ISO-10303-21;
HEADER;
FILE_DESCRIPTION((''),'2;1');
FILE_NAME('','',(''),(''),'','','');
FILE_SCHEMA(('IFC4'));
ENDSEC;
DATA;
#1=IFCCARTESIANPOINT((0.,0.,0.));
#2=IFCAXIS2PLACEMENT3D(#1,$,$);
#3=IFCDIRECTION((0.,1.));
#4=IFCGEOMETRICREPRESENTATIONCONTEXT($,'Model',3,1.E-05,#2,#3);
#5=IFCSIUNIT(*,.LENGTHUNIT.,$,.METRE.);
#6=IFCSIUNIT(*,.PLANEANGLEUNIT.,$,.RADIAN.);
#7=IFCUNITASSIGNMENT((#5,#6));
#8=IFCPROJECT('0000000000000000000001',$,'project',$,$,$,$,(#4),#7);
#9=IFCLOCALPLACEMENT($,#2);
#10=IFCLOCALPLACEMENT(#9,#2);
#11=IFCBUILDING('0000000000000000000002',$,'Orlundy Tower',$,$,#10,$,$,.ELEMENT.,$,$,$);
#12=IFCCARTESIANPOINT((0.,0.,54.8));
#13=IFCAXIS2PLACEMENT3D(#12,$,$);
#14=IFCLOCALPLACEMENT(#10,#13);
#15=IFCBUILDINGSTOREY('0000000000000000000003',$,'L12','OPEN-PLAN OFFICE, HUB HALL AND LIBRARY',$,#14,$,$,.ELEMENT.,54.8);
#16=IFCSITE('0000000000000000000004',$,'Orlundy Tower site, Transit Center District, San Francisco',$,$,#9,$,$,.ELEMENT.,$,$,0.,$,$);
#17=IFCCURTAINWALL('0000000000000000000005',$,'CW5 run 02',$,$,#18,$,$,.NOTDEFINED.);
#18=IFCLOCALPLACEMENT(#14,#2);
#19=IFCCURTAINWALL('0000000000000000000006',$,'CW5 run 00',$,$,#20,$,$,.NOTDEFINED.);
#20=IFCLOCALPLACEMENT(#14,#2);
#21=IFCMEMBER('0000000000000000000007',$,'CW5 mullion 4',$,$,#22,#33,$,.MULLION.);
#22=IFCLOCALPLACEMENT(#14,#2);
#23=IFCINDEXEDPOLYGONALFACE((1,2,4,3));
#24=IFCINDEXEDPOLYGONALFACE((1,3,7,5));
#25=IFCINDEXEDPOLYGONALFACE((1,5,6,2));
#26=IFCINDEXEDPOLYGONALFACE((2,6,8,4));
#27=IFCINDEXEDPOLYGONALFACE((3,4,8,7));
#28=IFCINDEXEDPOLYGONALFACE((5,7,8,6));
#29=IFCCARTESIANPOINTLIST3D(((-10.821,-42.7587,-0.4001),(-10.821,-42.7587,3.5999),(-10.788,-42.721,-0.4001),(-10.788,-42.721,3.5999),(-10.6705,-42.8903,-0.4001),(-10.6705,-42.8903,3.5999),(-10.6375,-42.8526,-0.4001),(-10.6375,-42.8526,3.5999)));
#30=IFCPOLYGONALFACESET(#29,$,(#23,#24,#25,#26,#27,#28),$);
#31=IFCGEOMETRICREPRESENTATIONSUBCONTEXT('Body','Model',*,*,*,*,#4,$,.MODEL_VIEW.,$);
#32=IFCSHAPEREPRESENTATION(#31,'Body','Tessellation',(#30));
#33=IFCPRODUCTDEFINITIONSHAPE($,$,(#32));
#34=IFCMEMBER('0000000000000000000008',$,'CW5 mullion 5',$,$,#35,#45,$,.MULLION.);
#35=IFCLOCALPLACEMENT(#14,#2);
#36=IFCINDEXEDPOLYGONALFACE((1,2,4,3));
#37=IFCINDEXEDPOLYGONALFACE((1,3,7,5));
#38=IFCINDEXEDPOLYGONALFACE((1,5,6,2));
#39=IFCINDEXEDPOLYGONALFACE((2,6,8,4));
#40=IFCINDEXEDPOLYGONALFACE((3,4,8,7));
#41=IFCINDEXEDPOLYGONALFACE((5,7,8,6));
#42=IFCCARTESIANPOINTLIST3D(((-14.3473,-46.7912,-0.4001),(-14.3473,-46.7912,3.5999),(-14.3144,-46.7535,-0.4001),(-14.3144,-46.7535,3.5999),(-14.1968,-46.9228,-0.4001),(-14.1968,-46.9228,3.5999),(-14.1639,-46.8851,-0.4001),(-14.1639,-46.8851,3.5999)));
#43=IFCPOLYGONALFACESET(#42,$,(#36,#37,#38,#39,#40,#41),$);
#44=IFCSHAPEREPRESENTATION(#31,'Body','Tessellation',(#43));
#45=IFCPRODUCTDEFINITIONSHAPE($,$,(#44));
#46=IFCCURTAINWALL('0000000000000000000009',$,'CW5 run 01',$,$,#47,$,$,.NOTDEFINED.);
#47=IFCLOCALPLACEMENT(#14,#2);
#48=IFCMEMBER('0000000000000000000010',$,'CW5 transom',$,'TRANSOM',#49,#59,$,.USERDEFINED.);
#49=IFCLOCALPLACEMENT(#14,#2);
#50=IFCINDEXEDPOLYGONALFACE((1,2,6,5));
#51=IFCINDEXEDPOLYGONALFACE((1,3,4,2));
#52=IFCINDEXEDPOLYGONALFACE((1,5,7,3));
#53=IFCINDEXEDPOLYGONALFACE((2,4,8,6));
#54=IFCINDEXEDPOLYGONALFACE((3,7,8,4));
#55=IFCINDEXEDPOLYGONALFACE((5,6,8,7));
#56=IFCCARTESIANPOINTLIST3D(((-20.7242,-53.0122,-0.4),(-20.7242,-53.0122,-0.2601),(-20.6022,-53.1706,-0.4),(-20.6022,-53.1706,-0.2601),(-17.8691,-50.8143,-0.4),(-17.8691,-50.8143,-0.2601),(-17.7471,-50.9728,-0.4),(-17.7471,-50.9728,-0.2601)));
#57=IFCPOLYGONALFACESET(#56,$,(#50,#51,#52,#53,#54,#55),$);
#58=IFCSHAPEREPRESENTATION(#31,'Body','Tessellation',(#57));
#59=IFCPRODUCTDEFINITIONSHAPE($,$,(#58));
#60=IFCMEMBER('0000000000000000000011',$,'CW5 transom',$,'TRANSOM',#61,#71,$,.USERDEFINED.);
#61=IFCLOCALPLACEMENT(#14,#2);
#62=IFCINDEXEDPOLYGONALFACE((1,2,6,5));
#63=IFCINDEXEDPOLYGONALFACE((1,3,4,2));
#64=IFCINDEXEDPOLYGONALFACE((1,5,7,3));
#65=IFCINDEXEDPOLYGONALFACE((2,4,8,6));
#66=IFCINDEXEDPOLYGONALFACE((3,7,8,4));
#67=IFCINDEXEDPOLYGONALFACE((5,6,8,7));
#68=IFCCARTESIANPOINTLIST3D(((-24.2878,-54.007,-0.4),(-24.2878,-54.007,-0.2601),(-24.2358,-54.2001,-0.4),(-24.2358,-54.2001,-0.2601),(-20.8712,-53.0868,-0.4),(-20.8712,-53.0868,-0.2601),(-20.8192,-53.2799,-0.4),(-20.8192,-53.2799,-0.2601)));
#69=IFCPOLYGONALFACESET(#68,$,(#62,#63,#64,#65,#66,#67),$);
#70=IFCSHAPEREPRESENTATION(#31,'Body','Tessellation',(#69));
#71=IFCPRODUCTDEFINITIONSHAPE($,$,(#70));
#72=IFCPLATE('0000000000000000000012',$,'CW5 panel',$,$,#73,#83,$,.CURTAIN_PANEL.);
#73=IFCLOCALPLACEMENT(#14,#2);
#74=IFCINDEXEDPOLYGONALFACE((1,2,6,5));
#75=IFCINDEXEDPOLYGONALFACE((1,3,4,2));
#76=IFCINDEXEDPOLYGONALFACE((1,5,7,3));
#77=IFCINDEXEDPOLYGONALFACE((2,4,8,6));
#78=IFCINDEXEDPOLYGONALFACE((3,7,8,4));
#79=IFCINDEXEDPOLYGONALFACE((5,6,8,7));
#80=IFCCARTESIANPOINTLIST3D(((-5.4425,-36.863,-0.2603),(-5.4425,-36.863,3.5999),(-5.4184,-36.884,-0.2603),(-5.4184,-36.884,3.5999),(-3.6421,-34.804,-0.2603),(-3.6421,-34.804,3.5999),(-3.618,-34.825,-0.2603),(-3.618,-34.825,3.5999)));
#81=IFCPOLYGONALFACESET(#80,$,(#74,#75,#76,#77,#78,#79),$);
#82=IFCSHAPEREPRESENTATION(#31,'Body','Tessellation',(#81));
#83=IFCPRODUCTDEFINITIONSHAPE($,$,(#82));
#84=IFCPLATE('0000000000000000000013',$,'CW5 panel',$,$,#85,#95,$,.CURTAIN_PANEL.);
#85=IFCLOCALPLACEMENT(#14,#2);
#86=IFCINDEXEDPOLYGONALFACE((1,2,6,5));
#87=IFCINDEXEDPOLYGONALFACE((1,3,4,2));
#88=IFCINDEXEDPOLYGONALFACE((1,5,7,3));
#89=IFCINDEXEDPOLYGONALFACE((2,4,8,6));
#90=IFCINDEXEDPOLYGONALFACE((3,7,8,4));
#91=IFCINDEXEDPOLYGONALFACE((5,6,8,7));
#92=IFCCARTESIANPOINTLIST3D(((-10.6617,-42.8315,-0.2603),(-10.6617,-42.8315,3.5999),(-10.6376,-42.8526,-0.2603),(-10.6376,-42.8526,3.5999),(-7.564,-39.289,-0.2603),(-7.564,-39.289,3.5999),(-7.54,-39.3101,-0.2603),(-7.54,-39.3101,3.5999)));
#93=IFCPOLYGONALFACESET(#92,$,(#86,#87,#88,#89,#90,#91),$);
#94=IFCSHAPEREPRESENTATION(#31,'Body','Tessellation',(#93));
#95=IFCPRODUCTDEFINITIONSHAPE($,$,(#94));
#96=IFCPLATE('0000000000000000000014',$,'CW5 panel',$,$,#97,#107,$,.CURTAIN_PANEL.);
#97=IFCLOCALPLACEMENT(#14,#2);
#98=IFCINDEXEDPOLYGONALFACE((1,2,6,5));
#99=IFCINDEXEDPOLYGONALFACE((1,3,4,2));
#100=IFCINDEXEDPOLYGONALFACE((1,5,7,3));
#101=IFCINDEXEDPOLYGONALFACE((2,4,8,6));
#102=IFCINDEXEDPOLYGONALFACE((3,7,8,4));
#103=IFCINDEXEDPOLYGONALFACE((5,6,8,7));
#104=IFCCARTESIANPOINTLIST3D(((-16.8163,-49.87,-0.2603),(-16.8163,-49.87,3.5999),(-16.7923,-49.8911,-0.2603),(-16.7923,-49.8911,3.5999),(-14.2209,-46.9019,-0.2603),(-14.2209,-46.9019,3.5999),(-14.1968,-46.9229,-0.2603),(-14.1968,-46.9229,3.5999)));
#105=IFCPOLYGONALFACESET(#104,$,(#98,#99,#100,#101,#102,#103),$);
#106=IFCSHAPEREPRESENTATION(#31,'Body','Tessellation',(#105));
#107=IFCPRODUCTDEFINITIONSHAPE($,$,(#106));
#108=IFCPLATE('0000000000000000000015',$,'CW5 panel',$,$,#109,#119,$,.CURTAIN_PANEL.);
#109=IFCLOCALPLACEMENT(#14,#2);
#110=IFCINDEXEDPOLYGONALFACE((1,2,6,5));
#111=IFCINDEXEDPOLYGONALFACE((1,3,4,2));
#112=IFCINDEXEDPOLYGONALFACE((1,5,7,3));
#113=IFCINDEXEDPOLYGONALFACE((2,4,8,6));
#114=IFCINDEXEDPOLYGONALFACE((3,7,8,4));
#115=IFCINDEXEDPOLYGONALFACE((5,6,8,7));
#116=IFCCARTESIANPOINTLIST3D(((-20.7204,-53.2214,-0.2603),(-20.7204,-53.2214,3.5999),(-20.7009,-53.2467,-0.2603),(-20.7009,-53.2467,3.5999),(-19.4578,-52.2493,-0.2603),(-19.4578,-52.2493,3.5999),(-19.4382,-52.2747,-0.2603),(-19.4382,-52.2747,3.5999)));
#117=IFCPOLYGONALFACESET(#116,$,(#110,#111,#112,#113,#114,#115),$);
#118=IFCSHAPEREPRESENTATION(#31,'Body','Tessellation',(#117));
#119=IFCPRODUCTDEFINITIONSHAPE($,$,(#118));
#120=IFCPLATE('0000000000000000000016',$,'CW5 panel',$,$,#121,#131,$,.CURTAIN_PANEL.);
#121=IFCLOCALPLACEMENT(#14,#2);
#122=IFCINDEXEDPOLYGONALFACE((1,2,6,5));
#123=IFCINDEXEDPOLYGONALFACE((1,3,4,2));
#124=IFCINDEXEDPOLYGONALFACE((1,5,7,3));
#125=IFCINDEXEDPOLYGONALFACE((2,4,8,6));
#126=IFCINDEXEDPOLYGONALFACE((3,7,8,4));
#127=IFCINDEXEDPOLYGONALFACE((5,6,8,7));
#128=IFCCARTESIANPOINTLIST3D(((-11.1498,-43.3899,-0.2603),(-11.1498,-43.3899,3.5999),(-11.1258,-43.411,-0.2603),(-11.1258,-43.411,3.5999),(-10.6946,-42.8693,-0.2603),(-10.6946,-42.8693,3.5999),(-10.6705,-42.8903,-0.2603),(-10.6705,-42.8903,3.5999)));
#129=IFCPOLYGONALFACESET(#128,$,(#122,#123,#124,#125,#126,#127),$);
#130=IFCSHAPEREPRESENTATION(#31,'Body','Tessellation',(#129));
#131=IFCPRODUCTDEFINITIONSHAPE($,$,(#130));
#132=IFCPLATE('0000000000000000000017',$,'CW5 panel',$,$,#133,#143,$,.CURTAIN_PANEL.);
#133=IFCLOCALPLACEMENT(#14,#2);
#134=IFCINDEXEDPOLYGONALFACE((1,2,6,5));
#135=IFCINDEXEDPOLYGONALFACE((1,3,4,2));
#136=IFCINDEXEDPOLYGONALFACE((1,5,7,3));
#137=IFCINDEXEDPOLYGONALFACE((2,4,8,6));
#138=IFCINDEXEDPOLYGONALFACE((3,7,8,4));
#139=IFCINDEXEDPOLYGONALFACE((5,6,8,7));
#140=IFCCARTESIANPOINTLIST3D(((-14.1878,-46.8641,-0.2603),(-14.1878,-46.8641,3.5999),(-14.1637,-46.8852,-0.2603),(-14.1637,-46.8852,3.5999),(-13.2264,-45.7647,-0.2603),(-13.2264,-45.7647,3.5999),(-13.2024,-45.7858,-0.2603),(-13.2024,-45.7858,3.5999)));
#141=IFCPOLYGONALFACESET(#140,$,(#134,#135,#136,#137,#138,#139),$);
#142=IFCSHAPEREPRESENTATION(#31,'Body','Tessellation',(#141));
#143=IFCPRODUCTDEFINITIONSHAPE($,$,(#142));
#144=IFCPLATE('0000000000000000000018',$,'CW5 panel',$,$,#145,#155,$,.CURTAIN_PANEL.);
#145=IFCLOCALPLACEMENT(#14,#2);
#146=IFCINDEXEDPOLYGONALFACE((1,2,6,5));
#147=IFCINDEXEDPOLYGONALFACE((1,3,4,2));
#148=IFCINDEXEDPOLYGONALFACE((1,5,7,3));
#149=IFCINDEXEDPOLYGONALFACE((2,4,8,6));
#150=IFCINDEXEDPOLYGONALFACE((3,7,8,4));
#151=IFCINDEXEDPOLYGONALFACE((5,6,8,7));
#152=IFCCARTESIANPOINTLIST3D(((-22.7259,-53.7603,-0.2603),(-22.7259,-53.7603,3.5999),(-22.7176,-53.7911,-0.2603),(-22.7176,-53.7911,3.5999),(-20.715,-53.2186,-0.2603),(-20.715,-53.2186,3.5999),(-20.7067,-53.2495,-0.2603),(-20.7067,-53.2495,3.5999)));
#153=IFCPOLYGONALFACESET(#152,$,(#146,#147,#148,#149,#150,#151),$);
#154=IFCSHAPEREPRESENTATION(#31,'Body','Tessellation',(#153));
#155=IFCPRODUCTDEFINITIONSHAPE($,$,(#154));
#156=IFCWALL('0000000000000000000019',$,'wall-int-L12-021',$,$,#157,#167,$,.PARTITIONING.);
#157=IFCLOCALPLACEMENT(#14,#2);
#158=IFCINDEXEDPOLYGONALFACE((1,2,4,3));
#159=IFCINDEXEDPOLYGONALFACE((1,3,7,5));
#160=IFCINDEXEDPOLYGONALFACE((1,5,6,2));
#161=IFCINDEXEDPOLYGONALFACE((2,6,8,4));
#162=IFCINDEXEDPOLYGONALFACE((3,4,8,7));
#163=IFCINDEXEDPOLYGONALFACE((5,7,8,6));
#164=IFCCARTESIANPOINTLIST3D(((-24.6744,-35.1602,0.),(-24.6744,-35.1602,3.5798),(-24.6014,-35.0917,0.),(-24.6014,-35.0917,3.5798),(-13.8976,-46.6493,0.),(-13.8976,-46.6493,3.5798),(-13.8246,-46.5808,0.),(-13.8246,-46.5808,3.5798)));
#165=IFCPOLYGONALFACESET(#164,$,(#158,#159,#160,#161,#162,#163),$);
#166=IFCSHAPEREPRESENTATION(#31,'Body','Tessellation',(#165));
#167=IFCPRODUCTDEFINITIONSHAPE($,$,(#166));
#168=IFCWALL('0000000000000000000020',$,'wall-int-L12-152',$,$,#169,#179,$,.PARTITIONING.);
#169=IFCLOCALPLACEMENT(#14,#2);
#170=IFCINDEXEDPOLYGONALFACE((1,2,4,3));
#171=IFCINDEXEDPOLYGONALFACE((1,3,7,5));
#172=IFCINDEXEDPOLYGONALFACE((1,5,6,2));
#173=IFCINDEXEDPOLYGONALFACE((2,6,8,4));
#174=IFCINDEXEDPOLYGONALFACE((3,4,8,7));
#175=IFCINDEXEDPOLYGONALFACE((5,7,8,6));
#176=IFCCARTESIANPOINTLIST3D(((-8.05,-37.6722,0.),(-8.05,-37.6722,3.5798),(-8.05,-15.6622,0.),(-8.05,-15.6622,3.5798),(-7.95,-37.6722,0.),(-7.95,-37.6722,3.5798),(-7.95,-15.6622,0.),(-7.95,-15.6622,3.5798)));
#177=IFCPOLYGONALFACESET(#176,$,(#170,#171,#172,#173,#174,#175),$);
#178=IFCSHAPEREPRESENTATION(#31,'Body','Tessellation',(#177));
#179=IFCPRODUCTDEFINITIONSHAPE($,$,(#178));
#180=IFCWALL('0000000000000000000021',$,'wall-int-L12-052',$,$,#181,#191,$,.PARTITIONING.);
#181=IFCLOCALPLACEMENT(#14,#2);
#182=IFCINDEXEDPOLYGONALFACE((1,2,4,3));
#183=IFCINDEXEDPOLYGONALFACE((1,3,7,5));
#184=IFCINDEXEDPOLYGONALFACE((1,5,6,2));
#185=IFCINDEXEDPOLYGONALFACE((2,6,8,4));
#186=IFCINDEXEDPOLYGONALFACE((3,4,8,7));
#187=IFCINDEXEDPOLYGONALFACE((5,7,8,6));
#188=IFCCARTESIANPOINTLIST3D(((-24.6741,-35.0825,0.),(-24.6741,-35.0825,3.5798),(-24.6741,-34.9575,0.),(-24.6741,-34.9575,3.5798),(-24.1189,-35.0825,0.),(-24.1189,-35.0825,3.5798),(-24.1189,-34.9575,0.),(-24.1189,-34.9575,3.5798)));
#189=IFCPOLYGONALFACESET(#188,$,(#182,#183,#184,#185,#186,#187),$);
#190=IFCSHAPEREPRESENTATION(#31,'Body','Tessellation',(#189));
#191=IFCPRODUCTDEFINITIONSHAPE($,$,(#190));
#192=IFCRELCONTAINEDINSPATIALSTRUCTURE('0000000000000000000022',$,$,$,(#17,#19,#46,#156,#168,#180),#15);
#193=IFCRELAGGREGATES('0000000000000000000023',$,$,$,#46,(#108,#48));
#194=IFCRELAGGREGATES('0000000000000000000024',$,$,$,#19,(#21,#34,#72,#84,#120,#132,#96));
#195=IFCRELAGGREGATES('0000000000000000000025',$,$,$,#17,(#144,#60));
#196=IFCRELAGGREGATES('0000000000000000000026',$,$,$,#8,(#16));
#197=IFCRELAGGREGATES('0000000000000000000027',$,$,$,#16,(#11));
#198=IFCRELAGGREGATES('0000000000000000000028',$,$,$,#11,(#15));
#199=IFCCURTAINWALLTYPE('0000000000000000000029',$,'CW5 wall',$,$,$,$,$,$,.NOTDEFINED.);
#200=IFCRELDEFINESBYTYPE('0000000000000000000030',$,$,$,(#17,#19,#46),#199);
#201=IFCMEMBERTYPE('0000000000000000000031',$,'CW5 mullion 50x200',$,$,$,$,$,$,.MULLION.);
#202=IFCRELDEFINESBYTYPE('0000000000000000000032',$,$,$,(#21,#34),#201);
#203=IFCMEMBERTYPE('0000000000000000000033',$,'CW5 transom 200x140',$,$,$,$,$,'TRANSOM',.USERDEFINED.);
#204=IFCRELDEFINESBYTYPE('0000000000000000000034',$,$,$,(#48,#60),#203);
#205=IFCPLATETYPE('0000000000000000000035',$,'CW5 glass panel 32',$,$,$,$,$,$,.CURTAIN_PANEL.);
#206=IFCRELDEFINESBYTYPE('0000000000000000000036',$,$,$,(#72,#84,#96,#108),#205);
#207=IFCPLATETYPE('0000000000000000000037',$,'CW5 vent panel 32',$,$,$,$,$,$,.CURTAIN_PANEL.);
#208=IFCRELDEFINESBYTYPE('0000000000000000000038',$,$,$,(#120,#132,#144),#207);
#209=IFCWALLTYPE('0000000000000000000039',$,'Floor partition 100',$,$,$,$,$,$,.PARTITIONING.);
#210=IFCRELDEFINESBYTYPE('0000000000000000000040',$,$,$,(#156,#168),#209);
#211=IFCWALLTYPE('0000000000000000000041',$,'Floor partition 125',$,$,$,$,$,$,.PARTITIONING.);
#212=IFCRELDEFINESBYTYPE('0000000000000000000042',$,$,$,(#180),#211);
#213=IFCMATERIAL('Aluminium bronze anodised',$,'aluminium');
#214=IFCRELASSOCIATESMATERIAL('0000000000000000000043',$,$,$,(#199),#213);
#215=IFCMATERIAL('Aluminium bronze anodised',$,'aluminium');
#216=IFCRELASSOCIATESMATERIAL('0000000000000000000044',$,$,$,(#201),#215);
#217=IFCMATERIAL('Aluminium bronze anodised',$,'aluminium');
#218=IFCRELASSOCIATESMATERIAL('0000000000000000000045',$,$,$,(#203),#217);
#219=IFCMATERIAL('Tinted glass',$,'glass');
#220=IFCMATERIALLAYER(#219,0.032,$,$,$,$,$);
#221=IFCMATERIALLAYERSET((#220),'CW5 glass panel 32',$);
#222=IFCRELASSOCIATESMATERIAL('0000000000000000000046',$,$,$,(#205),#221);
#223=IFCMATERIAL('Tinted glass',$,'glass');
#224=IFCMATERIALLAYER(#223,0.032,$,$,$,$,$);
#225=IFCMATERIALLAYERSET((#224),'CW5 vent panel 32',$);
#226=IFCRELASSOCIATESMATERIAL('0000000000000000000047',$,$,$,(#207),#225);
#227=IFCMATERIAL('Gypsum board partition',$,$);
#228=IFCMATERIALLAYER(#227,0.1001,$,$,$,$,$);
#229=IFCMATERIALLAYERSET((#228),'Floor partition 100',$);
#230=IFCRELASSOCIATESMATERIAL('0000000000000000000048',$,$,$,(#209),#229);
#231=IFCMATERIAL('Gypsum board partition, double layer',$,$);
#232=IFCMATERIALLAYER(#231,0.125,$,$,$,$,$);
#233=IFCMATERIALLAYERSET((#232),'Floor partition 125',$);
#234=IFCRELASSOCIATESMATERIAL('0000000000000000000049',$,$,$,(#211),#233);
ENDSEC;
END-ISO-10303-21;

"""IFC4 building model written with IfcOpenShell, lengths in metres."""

from ifc_helpers import new_model, si_unit, direction, frame, frame_2d, origin, origin_2d, place, context, subcontext, project, spatial, rectangle, extrude, material, layer, layer_set, material_profile, profile_set, type_object, element, aggregate, save


model = new_model("IFC4")

# Units and contexts
model_context = context("Model", 3, precision=1e-05, world=origin(), true_north=direction((0.0, 1.0)))
body_context = subcontext(model_context, "Body", "Model", "MODEL_VIEW")
ifc_project = project(units=[si_unit("LENGTHUNIT", "METRE"), si_unit("PLANEANGLEUNIT", "RADIAN")], contexts=[model_context])

# Site, building, storey
site_placement = place(None, origin())
site = spatial("IfcSite", under=ifc_project, at=site_placement, Name="Orlundy Tower site, Transit Center District, San Francisco", CompositionType="ELEMENT", RefElevation=0.0)
building_placement = place(site_placement, origin())
building = spatial("IfcBuilding", under=site, at=building_placement, Name="Orlundy Tower", CompositionType="ELEMENT")
storey_placement = place(building_placement, frame((0.0, 0.0, 54.8)))
storey = spatial("IfcBuildingStorey", under=building, at=storey_placement, Name="L12", Description="OPEN-PLAN OFFICE, HUB HALL AND LIBRARY", CompositionType="ELEMENT", Elevation=54.8)

# Curtain wall
ifc_material_1 = material(Name="Aluminium bronze anodised", Category="aluminium")
curtain_wall_type = type_object("IfcCurtainWallType", Name="CW5 wall", PredefinedType="NOTDEFINED", material=ifc_material_1)
curtain_wall_1_placement = place(storey_placement, origin())
curtain_wall_1 = element("IfcCurtainWall", 1, at=curtain_wall_1_placement, inside=storey, type_object=curtain_wall_type, Name="CW5 run 02", PredefinedType="NOTDEFINED")

# Curtain wall, members
curtain_wall_2_placement = place(storey_placement, origin())
curtain_wall_2 = element("IfcCurtainWall", 2, at=curtain_wall_2_placement, inside=storey, type_object=curtain_wall_type, Name="CW5 run 00", PredefinedType="NOTDEFINED")
ifc_material_2 = material(Name="Aluminium bronze anodised", Category="aluminium")
ifc_material_profile_1 = material_profile(ifc_material_2, rectangle(XDim=0.2, YDim=0.05, at=origin_2d()), Name="CW5 mullion 50x200")
ifc_profile_set_1 = profile_set([ifc_material_profile_1], Name="Aluminium bronze anodised")
member_type_1 = type_object("IfcMemberType", Name="CW5 mullion 50x200", PredefinedType="MULLION", material=ifc_profile_set_1)
member_1_placement = place(storey_placement, frame((-10.7292, -42.8057, -0.4001), z_axis=(0.0, 0.0, 1.0), x_axis=(0.752792, -0.658259, 0.0)))
member_1 = element("IfcMember", 3, at=member_1_placement, type_object=member_type_1, Name="CW5 mullion 4", PredefinedType="MULLION", context=body_context, shape_type="SweptSolid", body=[
    extrude(rectangle(XDim=0.2, YDim=0.05, at=origin_2d()), origin(), (0.0, 0.0, 1.0), 4.0),
])
member_2_placement = place(storey_placement, frame((-14.2556, -46.8381, -0.4001), z_axis=(0.0, 0.0, 1.0), x_axis=(0.752792, -0.658259, 0.0)))
member_2 = element("IfcMember", 4, at=member_2_placement, type_object=member_type_1, Name="CW5 mullion 5", PredefinedType="MULLION", context=body_context, shape_type="SweptSolid", body=[
    extrude(rectangle(XDim=0.2, YDim=0.05, at=origin_2d()), origin(), (0.0, 0.0, 1.0), 4.0),
])

# Curtain wall, member
curtain_wall_3_placement = place(storey_placement, origin())
curtain_wall_3 = element("IfcCurtainWall", 5, at=curtain_wall_3_placement, inside=storey, type_object=curtain_wall_type, Name="CW5 run 01", PredefinedType="NOTDEFINED")
ifc_material_3 = material(Name="Aluminium bronze anodised", Category="aluminium")
ifc_material_profile_2 = material_profile(ifc_material_3, rectangle(XDim=0.2, YDim=0.1399, at=origin_2d()), Name="CW5 transom 200x140")
ifc_profile_set_2 = profile_set([ifc_material_profile_2], Name="Aluminium bronze anodised")
member_type_2 = type_object("IfcMemberType", Name="CW5 transom 200x140", ElementType="TRANSOM", PredefinedType="USERDEFINED", material=ifc_profile_set_2)
member_3_placement = place(storey_placement, frame((-17.8081, -50.8936, -0.3301), z_axis=(-0.792407, -0.609992, 0.0), x_axis=(0.609992, -0.792407, 0.0)))
member_3 = element("IfcMember", 6, at=member_3_placement, type_object=member_type_2, Name="CW5 transom", ObjectType="TRANSOM", PredefinedType="USERDEFINED", context=body_context, shape_type="SweptSolid", body=[
    extrude(rectangle(XDim=0.2, YDim=0.1399, at=origin_2d()), origin(), (0.0, 0.0, 1.0), 3.603),
])

# Member
member_4_placement = place(storey_placement, frame((-20.8452, -53.1833, -0.3301), z_axis=(-0.965592, -0.260063, 0.0), x_axis=(0.260063, -0.965592, 0.0)))
member_4 = element("IfcMember", 7, at=member_4_placement, type_object=member_type_2, Name="CW5 transom", ObjectType="TRANSOM", PredefinedType="USERDEFINED", context=body_context, shape_type="SweptSolid", body=[
    extrude(rectangle(XDim=0.2, YDim=0.1399, at=origin_2d()), origin(), (0.0, 0.0, 1.0), 3.5383),
])

# Plates
ifc_material_4 = material(Name="Tinted glass", Category="glass")
ifc_layer_1 = layer(ifc_material_4, 0.032)
ifc_layer_set_1 = layer_set([ifc_layer_1], Name="CW5 glass panel 32")
plate_type_1 = type_object("IfcPlateType", Name="CW5 glass panel 32", PredefinedType="CURTAIN_PANEL", material=ifc_layer_set_1)
plate_1_placement = place(storey_placement, frame((-4.5303, -35.844, -0.2603), z_axis=(0.0, 0.0, 1.0), x_axis=(-0.658259, -0.752792, 0.0)))
plate_1 = element("IfcPlate", 8, at=plate_1_placement, type_object=plate_type_1, Name="CW5 panel", PredefinedType="CURTAIN_PANEL", context=body_context, shape_type="SweptSolid", body=[
    extrude(rectangle(XDim=2.7351, YDim=0.032, at=origin_2d()), origin(), (0.0, 0.0, 1.0), 3.8601),
])
plate_2_placement = place(storey_placement, frame((-9.1008, -41.0708, -0.2603), z_axis=(0.0, 0.0, 1.0), x_axis=(-0.658259, -0.752792, 0.0)))
plate_2 = element("IfcPlate", 9, at=plate_2_placement, type_object=plate_type_1, Name="CW5 panel", PredefinedType="CURTAIN_PANEL", context=body_context, shape_type="SweptSolid", body=[
    extrude(rectangle(XDim=4.7058, YDim=0.032, at=origin_2d()), origin(), (0.0, 0.0, 1.0), 3.8601),
])
plate_3_placement = place(storey_placement, frame((-15.5066, -48.3965, -0.2603), z_axis=(0.0, 0.0, 1.0), x_axis=(-0.658259, -0.752792, 0.0)))
plate_3 = element("IfcPlate", 10, at=plate_3_placement, type_object=plate_type_1, Name="CW5 panel", PredefinedType="CURTAIN_PANEL", context=body_context, shape_type="SweptSolid", body=[
    extrude(rectangle(XDim=3.9429, YDim=0.032, at=origin_2d()), origin(), (0.0, 0.0, 1.0), 3.8601),
])
plate_4_placement = place(storey_placement, frame((-20.0793, -52.748, -0.2603), z_axis=(0.0, 0.0, 1.0), x_axis=(-0.792393, -0.610011, 0.0)))
plate_4 = element("IfcPlate", 11, at=plate_4_placement, type_object=plate_type_1, Name="CW5 panel", PredefinedType="CURTAIN_PANEL", context=body_context, shape_type="SweptSolid", body=[
    extrude(rectangle(XDim=1.5935, YDim=0.032, at=origin_2d()), origin(), (0.0, 0.0, 1.0), 3.8601),
])
aggregate(curtain_wall_3, [plate_4, member_3])
ifc_material_5 = material(Name="Tinted glass", Category="glass")
ifc_layer_2 = layer(ifc_material_5, 0.032)
ifc_layer_set_2 = layer_set([ifc_layer_2], Name="CW5 vent panel 32")
plate_type_2 = type_object("IfcPlateType", Name="CW5 vent panel 32", PredefinedType="CURTAIN_PANEL", material=ifc_layer_set_2)
plate_5_placement = place(storey_placement, frame((-10.9102, -43.1401, -0.2603), z_axis=(0.0, 0.0, 1.0), x_axis=(-0.658259, -0.752792, 0.0)))
plate_5 = element("IfcPlate", 12, at=plate_5_placement, type_object=plate_type_2, Name="CW5 panel", PredefinedType="CURTAIN_PANEL", context=body_context, shape_type="SweptSolid", body=[
    extrude(rectangle(XDim=0.6917, YDim=0.032, at=origin_2d()), origin(), (0.0, 0.0, 1.0), 3.8601),
])
plate_6_placement = place(storey_placement, frame((-13.6951, -46.325, -0.2603), z_axis=(0.0, 0.0, 1.0), x_axis=(-0.658259, -0.752792, 0.0)))
plate_6 = element("IfcPlate", 13, at=plate_6_placement, type_object=plate_type_2, Name="CW5 panel", PredefinedType="CURTAIN_PANEL", context=body_context, shape_type="SweptSolid", body=[
    extrude(rectangle(XDim=1.4604, YDim=0.032, at=origin_2d()), origin(), (0.0, 0.0, 1.0), 3.8601),
])
aggregate(curtain_wall_2, [member_1, member_2, plate_1, plate_2, plate_5, plate_6, plate_3])
plate_7_placement = place(storey_placement, frame((-21.7163, -53.5049, -0.2603), z_axis=(0.0, 0.0, 1.0), x_axis=(-0.965587, -0.26008, 0.0)))
plate_7 = element("IfcPlate", 14, at=plate_7_placement, type_object=plate_type_2, Name="CW5 panel", PredefinedType="CURTAIN_PANEL", context=body_context, shape_type="SweptSolid", body=[
    extrude(rectangle(XDim=2.0825, YDim=0.032, at=origin_2d()), origin(), (0.0, 0.0, 1.0), 3.8601),
])
aggregate(curtain_wall_1, [plate_7, member_4])

# Walls
ifc_material_6 = material(Name="Gypsum board partition")
ifc_layer_3 = layer(ifc_material_6, 0.1001)
ifc_layer_set_3 = layer_set([ifc_layer_3], Name="Floor partition 100")
wall_type_1 = type_object("IfcWallType", Name="Floor partition 100", PredefinedType="PARTITIONING", material=ifc_layer_set_3)
wall_1_placement = place(storey_placement, frame((-24.6379, -35.126, 0.0), z_axis=(0.0, 0.0, 1.0), x_axis=(0.684141, -0.72935, 0.0)))
element("IfcWall", 15, at=wall_1_placement, inside=storey, type_object=wall_type_1, Name="wall-int-L12-021", PredefinedType="PARTITIONING", context=body_context, shape_type="SweptSolid", body=[
    extrude(rectangle(XDim=15.7524, YDim=0.1001, at=frame_2d((7.8762, 0.0))), origin(), (0.0, 0.0, 1.0), 3.5798),
])
wall_2_placement = place(storey_placement, frame((-8.0, -37.6721, 0.0), z_axis=(0.0, 0.0, 1.0), x_axis=(0.0, 1.0, 0.0)))
element("IfcWall", 16, at=wall_2_placement, inside=storey, type_object=wall_type_1, Name="wall-int-L12-152", PredefinedType="PARTITIONING", context=body_context, shape_type="SweptSolid", body=[
    extrude(rectangle(XDim=22.01, YDim=0.1001, at=frame_2d((11.0049, 0.0))), origin(), (0.0, 0.0, 1.0), 3.5798),
])
ifc_material_7 = material(Name="Gypsum board partition, double layer")
ifc_layer_4 = layer(ifc_material_7, 0.125)
ifc_layer_set_4 = layer_set([ifc_layer_4], Name="Floor partition 125")
wall_type_2 = type_object("IfcWallType", Name="Floor partition 125", PredefinedType="PARTITIONING", material=ifc_layer_set_4)
wall_3_placement = place(storey_placement, frame((-24.6741, -35.02, 0.0), z_axis=(0.0, 0.0, 1.0), x_axis=(1.0, 0.0, 0.0)))
element("IfcWall", 17, at=wall_3_placement, inside=storey, type_object=wall_type_2, Name="wall-int-L12-052", PredefinedType="PARTITIONING", context=body_context, shape_type="SweptSolid", body=[
    extrude(rectangle(XDim=0.5552, YDim=0.125, at=frame_2d((0.2776, 0.0))), origin(), (0.0, 0.0, 1.0), 3.5798),
])

save(model, "model.ifc")
